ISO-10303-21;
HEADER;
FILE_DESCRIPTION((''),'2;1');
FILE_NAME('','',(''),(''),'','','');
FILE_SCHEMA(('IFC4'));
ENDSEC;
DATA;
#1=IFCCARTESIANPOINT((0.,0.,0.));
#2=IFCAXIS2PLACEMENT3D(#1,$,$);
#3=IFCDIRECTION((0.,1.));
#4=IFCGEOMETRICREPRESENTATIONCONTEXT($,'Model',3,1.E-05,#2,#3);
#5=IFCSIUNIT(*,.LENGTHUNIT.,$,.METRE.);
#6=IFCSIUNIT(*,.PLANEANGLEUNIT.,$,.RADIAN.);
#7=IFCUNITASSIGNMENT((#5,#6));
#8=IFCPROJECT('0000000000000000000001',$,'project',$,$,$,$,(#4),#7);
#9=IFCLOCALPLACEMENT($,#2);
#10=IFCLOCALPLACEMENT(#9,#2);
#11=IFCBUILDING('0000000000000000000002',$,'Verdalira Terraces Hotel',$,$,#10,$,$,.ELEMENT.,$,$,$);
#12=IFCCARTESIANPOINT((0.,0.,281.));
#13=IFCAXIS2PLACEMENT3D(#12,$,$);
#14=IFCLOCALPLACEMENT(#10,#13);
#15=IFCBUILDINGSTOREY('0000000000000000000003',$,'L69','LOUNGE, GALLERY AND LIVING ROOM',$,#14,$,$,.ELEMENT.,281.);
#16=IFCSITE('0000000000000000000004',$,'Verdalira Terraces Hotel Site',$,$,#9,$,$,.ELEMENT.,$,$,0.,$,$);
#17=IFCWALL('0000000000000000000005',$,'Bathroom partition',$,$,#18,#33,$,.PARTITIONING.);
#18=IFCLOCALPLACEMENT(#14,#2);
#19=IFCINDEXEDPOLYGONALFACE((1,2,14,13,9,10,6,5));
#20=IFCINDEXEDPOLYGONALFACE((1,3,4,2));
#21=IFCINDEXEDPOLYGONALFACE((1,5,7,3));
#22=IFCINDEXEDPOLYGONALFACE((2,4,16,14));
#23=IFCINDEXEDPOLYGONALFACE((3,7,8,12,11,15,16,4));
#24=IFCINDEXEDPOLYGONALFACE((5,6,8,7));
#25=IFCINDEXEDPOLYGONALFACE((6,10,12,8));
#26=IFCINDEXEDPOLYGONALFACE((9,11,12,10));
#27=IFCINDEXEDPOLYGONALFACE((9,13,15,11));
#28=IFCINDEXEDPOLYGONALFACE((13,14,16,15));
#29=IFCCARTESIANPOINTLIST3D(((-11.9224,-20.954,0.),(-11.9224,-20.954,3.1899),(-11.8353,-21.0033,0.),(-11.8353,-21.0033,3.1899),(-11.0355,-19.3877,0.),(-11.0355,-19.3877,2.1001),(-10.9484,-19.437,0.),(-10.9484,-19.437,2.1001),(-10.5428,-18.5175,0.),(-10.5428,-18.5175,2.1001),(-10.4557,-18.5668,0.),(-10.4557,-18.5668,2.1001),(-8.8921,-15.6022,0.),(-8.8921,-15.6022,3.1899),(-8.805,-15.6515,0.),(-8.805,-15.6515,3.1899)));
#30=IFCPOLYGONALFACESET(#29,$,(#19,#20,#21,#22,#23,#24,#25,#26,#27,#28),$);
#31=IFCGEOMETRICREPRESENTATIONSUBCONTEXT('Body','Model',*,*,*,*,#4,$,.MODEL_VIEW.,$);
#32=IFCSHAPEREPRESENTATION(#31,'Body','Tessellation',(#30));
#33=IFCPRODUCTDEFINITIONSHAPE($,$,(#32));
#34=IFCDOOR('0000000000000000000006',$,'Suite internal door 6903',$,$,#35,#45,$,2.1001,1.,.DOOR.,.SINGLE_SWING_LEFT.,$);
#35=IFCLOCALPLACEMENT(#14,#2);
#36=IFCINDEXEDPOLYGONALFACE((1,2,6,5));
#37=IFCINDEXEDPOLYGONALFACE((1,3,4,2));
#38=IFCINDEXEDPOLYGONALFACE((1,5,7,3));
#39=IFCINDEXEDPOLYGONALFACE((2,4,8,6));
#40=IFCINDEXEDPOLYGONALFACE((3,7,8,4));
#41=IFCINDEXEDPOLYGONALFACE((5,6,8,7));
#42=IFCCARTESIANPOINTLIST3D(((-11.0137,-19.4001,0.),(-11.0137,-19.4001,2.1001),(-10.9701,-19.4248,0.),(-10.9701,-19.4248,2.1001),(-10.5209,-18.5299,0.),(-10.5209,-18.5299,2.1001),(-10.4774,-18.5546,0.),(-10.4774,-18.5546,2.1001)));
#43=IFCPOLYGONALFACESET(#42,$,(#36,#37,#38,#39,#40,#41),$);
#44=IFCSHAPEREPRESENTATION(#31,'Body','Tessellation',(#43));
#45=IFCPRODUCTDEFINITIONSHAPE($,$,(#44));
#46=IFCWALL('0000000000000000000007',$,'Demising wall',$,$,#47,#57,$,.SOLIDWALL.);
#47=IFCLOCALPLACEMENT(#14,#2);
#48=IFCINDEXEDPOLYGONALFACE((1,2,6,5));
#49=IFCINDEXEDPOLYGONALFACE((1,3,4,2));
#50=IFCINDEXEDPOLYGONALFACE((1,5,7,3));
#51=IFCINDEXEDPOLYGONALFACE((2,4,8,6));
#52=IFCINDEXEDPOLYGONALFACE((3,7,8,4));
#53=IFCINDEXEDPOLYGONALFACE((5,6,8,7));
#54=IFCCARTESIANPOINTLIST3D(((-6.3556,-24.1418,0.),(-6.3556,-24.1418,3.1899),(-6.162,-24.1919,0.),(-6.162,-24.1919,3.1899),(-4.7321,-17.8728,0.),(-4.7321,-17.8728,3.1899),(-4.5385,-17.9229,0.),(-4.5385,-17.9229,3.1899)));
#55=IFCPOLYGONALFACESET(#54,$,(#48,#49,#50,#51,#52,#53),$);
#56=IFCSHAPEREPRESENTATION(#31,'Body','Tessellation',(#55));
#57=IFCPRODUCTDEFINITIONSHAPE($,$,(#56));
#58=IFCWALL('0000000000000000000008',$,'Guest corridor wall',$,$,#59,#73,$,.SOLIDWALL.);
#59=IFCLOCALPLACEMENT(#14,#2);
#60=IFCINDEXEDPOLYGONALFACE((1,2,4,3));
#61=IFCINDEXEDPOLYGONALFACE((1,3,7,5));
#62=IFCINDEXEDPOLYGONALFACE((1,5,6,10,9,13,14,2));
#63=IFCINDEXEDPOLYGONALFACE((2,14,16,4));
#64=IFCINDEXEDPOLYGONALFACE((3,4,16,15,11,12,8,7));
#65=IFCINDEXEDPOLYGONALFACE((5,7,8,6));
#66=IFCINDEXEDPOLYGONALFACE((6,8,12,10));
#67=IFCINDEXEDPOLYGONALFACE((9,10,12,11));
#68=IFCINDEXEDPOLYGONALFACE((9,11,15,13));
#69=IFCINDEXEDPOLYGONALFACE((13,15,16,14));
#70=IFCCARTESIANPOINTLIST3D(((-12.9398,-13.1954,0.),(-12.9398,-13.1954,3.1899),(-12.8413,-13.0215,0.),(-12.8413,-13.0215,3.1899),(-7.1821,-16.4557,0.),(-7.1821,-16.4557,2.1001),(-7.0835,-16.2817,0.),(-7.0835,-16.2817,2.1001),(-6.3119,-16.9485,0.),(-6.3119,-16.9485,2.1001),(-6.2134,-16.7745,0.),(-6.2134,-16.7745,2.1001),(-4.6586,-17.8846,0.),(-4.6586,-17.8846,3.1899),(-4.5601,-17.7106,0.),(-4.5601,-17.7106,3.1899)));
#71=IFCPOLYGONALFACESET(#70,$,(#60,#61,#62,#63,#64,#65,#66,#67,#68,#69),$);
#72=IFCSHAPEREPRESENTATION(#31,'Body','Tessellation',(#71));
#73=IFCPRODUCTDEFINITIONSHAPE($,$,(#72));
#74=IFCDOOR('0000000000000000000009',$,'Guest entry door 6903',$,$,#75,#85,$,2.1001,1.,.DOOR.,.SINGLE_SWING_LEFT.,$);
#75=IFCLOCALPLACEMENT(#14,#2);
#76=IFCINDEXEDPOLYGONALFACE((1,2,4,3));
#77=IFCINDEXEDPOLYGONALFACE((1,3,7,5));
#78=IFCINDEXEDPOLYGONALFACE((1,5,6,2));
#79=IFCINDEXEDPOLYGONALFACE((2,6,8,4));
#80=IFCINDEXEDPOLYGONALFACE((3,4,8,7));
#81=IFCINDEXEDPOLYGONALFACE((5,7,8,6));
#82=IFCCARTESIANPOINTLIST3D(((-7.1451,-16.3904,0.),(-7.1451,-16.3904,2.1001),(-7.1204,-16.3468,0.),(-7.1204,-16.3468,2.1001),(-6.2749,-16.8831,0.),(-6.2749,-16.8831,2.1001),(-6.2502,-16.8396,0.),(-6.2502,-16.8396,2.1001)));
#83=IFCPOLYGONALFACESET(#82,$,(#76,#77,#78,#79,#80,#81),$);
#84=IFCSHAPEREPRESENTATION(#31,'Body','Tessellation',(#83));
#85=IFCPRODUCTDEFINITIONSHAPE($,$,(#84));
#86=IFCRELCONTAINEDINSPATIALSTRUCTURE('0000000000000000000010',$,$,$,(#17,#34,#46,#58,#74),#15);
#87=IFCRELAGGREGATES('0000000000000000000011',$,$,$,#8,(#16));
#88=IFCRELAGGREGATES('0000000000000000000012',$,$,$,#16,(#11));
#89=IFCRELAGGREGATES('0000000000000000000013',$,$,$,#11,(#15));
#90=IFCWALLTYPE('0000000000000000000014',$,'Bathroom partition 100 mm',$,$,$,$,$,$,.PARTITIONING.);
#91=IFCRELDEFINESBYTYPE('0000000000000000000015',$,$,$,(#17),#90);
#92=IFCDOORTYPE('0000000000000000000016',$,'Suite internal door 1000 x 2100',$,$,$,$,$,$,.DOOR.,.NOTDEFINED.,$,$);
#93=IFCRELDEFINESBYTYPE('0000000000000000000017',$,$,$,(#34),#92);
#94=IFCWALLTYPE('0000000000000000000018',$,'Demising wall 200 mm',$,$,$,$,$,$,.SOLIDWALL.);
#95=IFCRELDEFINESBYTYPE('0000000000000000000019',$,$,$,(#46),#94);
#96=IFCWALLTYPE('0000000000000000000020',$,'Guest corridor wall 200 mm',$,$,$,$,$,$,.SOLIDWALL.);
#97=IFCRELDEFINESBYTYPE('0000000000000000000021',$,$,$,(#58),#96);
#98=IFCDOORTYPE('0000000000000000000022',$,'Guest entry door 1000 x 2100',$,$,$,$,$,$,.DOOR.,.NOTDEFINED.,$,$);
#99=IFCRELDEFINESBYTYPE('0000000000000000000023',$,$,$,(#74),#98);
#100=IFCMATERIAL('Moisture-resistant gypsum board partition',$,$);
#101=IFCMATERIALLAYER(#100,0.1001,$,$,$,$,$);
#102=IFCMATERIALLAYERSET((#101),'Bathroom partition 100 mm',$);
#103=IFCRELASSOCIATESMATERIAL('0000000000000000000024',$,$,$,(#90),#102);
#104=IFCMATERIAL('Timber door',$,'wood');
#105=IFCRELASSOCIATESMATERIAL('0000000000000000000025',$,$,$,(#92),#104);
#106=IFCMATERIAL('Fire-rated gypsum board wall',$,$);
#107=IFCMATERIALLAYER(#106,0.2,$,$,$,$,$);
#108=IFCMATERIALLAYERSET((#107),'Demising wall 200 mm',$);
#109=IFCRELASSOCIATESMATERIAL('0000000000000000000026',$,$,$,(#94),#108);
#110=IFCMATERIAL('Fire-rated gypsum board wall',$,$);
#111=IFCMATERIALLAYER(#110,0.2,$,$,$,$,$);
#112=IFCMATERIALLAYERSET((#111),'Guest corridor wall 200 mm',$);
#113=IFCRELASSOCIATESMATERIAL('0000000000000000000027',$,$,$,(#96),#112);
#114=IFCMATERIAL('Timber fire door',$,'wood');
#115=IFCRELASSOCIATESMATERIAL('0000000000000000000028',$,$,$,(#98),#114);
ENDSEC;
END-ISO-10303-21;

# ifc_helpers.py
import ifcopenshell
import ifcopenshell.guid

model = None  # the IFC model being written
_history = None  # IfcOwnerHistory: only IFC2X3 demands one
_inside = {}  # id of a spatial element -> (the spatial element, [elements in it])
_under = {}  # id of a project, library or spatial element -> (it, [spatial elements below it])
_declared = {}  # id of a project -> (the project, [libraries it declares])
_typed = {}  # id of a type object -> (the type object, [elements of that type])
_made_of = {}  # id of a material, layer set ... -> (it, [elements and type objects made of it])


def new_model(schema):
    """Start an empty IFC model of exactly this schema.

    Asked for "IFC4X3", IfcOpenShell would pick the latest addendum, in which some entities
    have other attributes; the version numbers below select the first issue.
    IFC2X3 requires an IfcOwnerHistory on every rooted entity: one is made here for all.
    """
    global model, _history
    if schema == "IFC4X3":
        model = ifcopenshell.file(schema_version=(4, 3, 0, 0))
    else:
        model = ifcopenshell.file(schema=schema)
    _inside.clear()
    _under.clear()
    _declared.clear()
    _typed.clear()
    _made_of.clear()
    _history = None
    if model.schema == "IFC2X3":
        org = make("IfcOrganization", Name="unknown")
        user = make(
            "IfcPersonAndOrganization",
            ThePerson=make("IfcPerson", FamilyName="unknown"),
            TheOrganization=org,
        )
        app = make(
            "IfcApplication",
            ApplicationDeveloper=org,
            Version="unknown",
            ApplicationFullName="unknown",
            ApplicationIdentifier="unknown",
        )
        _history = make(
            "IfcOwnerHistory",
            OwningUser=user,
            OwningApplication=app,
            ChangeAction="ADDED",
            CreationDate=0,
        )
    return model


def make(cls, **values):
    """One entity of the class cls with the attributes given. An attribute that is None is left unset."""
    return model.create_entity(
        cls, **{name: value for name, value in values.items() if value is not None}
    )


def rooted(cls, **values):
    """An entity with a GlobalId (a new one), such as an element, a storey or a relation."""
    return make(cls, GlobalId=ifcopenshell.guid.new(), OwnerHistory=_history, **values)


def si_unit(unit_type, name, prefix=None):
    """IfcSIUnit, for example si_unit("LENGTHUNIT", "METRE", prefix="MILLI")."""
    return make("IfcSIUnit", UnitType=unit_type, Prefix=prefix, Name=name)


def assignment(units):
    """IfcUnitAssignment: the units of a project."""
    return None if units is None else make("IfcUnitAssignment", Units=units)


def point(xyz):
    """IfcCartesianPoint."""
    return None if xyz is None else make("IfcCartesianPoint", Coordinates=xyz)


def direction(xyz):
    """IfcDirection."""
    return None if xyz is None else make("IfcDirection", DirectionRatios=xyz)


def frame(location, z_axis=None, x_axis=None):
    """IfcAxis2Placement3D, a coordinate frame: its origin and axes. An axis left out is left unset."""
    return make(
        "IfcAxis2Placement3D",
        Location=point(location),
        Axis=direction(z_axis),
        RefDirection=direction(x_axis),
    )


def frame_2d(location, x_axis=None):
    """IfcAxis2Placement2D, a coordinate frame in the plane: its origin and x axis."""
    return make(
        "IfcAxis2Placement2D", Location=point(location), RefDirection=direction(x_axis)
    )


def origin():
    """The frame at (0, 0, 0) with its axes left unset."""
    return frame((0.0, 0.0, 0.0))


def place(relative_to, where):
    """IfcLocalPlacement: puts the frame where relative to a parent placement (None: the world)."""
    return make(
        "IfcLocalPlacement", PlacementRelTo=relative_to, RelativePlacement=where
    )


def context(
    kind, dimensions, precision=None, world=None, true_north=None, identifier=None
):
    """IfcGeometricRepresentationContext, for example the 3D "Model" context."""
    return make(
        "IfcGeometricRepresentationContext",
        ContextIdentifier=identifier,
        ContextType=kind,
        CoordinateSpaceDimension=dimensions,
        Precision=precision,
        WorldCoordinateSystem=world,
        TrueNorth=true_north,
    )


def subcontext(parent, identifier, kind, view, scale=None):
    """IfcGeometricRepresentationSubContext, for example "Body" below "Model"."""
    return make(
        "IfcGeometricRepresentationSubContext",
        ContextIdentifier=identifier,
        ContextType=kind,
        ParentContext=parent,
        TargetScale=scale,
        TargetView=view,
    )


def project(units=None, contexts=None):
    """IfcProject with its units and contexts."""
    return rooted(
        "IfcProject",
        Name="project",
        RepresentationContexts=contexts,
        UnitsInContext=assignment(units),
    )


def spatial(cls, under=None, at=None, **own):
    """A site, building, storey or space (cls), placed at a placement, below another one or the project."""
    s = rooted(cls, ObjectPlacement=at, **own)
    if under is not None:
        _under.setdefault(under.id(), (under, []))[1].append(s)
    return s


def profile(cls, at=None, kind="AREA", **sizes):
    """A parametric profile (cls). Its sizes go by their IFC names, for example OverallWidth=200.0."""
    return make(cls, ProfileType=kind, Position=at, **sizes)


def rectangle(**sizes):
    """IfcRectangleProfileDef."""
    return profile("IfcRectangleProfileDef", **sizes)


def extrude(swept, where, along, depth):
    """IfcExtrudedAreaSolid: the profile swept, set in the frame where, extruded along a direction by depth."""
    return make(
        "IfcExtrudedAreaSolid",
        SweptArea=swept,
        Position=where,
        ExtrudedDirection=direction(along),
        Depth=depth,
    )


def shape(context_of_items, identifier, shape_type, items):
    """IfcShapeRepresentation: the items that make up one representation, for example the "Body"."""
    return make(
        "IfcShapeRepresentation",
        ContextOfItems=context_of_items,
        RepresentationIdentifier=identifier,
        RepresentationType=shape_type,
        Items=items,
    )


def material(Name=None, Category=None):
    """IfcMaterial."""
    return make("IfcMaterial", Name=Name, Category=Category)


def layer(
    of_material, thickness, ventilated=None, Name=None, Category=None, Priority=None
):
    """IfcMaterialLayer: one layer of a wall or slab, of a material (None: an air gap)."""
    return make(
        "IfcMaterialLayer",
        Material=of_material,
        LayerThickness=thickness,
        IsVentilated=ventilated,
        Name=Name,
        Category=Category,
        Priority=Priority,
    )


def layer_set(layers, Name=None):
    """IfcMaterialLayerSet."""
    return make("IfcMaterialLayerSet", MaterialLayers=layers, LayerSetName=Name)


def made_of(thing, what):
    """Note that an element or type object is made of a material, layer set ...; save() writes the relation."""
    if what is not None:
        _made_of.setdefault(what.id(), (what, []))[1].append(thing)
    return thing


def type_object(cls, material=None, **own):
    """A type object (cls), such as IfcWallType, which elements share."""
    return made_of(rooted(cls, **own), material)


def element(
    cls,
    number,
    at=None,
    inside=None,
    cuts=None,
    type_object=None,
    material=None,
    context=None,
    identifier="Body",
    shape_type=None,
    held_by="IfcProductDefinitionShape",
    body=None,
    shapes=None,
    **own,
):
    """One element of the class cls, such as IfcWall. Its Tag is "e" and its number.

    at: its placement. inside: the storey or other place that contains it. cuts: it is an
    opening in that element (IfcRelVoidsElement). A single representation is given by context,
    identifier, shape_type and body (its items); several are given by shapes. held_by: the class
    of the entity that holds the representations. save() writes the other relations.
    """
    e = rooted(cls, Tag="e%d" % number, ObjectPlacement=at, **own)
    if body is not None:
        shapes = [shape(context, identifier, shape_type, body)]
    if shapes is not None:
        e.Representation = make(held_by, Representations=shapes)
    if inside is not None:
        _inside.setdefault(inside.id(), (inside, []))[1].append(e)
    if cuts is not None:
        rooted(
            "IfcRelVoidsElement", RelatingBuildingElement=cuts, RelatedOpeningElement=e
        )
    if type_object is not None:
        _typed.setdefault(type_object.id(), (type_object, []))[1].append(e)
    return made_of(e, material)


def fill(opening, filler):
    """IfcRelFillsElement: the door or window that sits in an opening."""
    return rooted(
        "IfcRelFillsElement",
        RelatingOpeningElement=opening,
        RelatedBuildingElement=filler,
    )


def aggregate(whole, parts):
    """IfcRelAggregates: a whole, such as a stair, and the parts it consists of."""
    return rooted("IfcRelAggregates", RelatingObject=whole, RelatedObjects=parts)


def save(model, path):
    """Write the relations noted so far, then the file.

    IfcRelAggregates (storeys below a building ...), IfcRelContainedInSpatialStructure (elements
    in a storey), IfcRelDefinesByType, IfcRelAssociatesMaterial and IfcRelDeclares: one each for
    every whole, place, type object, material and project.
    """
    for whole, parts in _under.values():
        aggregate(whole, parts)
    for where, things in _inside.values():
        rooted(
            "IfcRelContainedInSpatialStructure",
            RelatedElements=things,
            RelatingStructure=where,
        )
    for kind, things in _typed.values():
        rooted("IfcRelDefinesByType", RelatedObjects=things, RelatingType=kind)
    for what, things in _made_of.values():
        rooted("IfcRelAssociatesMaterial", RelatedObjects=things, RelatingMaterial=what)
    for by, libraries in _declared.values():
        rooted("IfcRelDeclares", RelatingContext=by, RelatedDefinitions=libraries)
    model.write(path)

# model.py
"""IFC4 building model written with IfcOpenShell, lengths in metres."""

from ifc_helpers import new_model, si_unit, direction, frame, frame_2d, origin, place, context, subcontext, project, spatial, rectangle, extrude, material, layer, layer_set, type_object, element, fill, save


model = new_model("IFC4")

# Units and contexts
model_context = context("Model", 3, precision=1e-05, world=origin(), true_north=direction((0.0, 1.0)))
body_context = subcontext(model_context, "Body", "Model", "MODEL_VIEW")
ifc_project = project(units=[si_unit("LENGTHUNIT", "METRE"), si_unit("PLANEANGLEUNIT", "RADIAN")], contexts=[model_context])

# Site, building, storey
site_placement = place(None, origin())
site = spatial("IfcSite", under=ifc_project, at=site_placement, Name="Verdalira Terraces Hotel Site", CompositionType="ELEMENT", RefElevation=0.0)
building_placement = place(site_placement, origin())
building = spatial("IfcBuilding", under=site, at=building_placement, Name="Verdalira Terraces Hotel", CompositionType="ELEMENT")
storey_placement = place(building_placement, frame((0.0, 0.0, 281.0)))
storey = spatial("IfcBuildingStorey", under=building, at=storey_placement, Name="L69", Description="LOUNGE, GALLERY AND LIVING ROOM", CompositionType="ELEMENT", Elevation=281.0)

# Wall, opening, door
ifc_material_1 = material(Name="Moisture-resistant gypsum board partition")
ifc_layer_1 = layer(ifc_material_1, 0.1001)
ifc_layer_set_1 = layer_set([ifc_layer_1], Name="Bathroom partition 100 mm")
wall_type_1 = type_object("IfcWallType", Name="Bathroom partition 100 mm", PredefinedType="PARTITIONING", material=ifc_layer_set_1)
wall_1_placement = place(storey_placement, frame((-11.8789, -20.9788, 0.0), z_axis=(0.0, 0.0, 1.0), x_axis=(0.492715, 0.870191, 0.0)))
wall_1 = element("IfcWall", 1, at=wall_1_placement, inside=storey, type_object=wall_type_1, Name="Bathroom partition", PredefinedType="PARTITIONING", context=body_context, shape_type="SweptSolid", body=[
    extrude(rectangle(XDim=6.1501, YDim=0.1001, at=frame_2d((3.0752, 0.0))), origin(), (0.0, 0.0, 1.0), 3.1899),
])
opening_1_placement = place(wall_1_placement, frame((1.8, 0.0, 0.0)))
opening_1 = element("IfcOpeningElement", 2, at=opening_1_placement, cuts=wall_1, PredefinedType="OPENING", context=body_context, shape_type="SweptSolid", body=[
    extrude(rectangle(XDim=1.0, YDim=2.1001, at=frame_2d((0.5, 1.05))), frame((0.0, 0.0601, 0.0), z_axis=(0.0, -1.0, 0.0), x_axis=(1.0, 0.0, 0.0)), (0.0, 0.0, 1.0), 0.1201),
])
ifc_material_2 = material(Name="Timber door", Category="wood")
door_type_1 = type_object("IfcDoorType", Name="Suite internal door 1000 x 2100", OperationType="NOTDEFINED", PredefinedType="DOOR", material=ifc_material_2)
door_1_placement = place(opening_1_placement, origin())
door_1 = element("IfcDoor", 3, at=door_1_placement, inside=storey, type_object=door_type_1, Name="Suite internal door 6903", OperationType="SINGLE_SWING_LEFT", OverallHeight=2.1001, OverallWidth=1.0, PredefinedType="DOOR", context=body_context, shape_type="SweptSolid", body=[
    extrude(rectangle(XDim=1.0, YDim=2.1001, at=frame_2d((0.5, 1.05))), frame((0.0, 0.0249, 0.0), z_axis=(0.0, -1.0, 0.0), x_axis=(1.0, 0.0, 0.0)), (0.0, 0.0, 1.0), 0.05),
])
fill(opening_1, door_1)

# Wall
ifc_material_3 = material(Name="Fire-rated gypsum board wall")
ifc_layer_2 = layer(ifc_material_3, 0.2)
ifc_layer_set_2 = layer_set([ifc_layer_2], Name="Demising wall 200 mm")
wall_type_2 = type_object("IfcWallType", Name="Demising wall 200 mm", PredefinedType="SOLIDWALL", material=ifc_layer_set_2)
wall_2_placement = place(storey_placement, frame((-6.2588, -24.1667, 0.0), z_axis=(0.0, 0.0, 1.0), x_axis=(0.250706, 0.968063, 0.0)))
element("IfcWall", 4, at=wall_2_placement, inside=storey, type_object=wall_type_2, Name="Demising wall", PredefinedType="SOLIDWALL", context=body_context, shape_type="SweptSolid", body=[
    extrude(rectangle(XDim=6.4758, YDim=0.2, at=frame_2d((3.2378, 0.0))), origin(), (0.0, 0.0, 1.0), 3.1899),
])

# Wall, opening, door
ifc_material_4 = material(Name="Fire-rated gypsum board wall")
ifc_layer_3 = layer(ifc_material_4, 0.2)
ifc_layer_set_3 = layer_set([ifc_layer_3], Name="Guest corridor wall 200 mm")
wall_type_3 = type_object("IfcWallType", Name="Guest corridor wall 200 mm", PredefinedType="SOLIDWALL", material=ifc_layer_set_3)
wall_3_placement = place(storey_placement, frame((-4.6094, -17.7976, 0.0), z_axis=(0.0, 0.0, 1.0), x_axis=(-0.87018, 0.492734, 0.0)))
wall_3 = element("IfcWall", 5, at=wall_3_placement, inside=storey, type_object=wall_type_3, Name="Guest corridor wall", PredefinedType="SOLIDWALL", context=body_context, shape_type="SweptSolid", body=[
    extrude(rectangle(XDim=9.5166, YDim=0.2, at=frame_2d((4.7583, 0.0))), origin(), (0.0, 0.0, 1.0), 3.1899),
])
opening_2_placement = place(wall_3_placement, frame((1.8999, 0.0, 0.0)))
opening_2 = element("IfcOpeningElement", 6, at=opening_2_placement, cuts=wall_3, PredefinedType="OPENING", context=body_context, shape_type="SweptSolid", body=[
    extrude(rectangle(XDim=1.0, YDim=2.1001, at=frame_2d((0.5, 1.05))), frame((0.0, 0.1099, 0.0), z_axis=(0.0, -1.0, 0.0), x_axis=(1.0, 0.0, 0.0)), (0.0, 0.0, 1.0), 0.22),
])
ifc_material_5 = material(Name="Timber fire door", Category="wood")
door_type_2 = type_object("IfcDoorType", Name="Guest entry door 1000 x 2100", OperationType="NOTDEFINED", PredefinedType="DOOR", material=ifc_material_5)
door_2_placement = place(opening_2_placement, origin())
door_2 = element("IfcDoor", 7, at=door_2_placement, inside=storey, type_object=door_type_2, Name="Guest entry door 6903", OperationType="SINGLE_SWING_LEFT", OverallHeight=2.1001, OverallWidth=1.0, PredefinedType="DOOR", context=body_context, shape_type="SweptSolid", body=[
    extrude(rectangle(XDim=1.0, YDim=2.1001, at=frame_2d((0.5, 1.05))), frame((0.0, 0.0249, 0.0), z_axis=(0.0, -1.0, 0.0), x_axis=(1.0, 0.0, 0.0)), (0.0, 0.0, 1.0), 0.05),
])
fill(opening_2, door_2)

save(model, "model.ifc")
